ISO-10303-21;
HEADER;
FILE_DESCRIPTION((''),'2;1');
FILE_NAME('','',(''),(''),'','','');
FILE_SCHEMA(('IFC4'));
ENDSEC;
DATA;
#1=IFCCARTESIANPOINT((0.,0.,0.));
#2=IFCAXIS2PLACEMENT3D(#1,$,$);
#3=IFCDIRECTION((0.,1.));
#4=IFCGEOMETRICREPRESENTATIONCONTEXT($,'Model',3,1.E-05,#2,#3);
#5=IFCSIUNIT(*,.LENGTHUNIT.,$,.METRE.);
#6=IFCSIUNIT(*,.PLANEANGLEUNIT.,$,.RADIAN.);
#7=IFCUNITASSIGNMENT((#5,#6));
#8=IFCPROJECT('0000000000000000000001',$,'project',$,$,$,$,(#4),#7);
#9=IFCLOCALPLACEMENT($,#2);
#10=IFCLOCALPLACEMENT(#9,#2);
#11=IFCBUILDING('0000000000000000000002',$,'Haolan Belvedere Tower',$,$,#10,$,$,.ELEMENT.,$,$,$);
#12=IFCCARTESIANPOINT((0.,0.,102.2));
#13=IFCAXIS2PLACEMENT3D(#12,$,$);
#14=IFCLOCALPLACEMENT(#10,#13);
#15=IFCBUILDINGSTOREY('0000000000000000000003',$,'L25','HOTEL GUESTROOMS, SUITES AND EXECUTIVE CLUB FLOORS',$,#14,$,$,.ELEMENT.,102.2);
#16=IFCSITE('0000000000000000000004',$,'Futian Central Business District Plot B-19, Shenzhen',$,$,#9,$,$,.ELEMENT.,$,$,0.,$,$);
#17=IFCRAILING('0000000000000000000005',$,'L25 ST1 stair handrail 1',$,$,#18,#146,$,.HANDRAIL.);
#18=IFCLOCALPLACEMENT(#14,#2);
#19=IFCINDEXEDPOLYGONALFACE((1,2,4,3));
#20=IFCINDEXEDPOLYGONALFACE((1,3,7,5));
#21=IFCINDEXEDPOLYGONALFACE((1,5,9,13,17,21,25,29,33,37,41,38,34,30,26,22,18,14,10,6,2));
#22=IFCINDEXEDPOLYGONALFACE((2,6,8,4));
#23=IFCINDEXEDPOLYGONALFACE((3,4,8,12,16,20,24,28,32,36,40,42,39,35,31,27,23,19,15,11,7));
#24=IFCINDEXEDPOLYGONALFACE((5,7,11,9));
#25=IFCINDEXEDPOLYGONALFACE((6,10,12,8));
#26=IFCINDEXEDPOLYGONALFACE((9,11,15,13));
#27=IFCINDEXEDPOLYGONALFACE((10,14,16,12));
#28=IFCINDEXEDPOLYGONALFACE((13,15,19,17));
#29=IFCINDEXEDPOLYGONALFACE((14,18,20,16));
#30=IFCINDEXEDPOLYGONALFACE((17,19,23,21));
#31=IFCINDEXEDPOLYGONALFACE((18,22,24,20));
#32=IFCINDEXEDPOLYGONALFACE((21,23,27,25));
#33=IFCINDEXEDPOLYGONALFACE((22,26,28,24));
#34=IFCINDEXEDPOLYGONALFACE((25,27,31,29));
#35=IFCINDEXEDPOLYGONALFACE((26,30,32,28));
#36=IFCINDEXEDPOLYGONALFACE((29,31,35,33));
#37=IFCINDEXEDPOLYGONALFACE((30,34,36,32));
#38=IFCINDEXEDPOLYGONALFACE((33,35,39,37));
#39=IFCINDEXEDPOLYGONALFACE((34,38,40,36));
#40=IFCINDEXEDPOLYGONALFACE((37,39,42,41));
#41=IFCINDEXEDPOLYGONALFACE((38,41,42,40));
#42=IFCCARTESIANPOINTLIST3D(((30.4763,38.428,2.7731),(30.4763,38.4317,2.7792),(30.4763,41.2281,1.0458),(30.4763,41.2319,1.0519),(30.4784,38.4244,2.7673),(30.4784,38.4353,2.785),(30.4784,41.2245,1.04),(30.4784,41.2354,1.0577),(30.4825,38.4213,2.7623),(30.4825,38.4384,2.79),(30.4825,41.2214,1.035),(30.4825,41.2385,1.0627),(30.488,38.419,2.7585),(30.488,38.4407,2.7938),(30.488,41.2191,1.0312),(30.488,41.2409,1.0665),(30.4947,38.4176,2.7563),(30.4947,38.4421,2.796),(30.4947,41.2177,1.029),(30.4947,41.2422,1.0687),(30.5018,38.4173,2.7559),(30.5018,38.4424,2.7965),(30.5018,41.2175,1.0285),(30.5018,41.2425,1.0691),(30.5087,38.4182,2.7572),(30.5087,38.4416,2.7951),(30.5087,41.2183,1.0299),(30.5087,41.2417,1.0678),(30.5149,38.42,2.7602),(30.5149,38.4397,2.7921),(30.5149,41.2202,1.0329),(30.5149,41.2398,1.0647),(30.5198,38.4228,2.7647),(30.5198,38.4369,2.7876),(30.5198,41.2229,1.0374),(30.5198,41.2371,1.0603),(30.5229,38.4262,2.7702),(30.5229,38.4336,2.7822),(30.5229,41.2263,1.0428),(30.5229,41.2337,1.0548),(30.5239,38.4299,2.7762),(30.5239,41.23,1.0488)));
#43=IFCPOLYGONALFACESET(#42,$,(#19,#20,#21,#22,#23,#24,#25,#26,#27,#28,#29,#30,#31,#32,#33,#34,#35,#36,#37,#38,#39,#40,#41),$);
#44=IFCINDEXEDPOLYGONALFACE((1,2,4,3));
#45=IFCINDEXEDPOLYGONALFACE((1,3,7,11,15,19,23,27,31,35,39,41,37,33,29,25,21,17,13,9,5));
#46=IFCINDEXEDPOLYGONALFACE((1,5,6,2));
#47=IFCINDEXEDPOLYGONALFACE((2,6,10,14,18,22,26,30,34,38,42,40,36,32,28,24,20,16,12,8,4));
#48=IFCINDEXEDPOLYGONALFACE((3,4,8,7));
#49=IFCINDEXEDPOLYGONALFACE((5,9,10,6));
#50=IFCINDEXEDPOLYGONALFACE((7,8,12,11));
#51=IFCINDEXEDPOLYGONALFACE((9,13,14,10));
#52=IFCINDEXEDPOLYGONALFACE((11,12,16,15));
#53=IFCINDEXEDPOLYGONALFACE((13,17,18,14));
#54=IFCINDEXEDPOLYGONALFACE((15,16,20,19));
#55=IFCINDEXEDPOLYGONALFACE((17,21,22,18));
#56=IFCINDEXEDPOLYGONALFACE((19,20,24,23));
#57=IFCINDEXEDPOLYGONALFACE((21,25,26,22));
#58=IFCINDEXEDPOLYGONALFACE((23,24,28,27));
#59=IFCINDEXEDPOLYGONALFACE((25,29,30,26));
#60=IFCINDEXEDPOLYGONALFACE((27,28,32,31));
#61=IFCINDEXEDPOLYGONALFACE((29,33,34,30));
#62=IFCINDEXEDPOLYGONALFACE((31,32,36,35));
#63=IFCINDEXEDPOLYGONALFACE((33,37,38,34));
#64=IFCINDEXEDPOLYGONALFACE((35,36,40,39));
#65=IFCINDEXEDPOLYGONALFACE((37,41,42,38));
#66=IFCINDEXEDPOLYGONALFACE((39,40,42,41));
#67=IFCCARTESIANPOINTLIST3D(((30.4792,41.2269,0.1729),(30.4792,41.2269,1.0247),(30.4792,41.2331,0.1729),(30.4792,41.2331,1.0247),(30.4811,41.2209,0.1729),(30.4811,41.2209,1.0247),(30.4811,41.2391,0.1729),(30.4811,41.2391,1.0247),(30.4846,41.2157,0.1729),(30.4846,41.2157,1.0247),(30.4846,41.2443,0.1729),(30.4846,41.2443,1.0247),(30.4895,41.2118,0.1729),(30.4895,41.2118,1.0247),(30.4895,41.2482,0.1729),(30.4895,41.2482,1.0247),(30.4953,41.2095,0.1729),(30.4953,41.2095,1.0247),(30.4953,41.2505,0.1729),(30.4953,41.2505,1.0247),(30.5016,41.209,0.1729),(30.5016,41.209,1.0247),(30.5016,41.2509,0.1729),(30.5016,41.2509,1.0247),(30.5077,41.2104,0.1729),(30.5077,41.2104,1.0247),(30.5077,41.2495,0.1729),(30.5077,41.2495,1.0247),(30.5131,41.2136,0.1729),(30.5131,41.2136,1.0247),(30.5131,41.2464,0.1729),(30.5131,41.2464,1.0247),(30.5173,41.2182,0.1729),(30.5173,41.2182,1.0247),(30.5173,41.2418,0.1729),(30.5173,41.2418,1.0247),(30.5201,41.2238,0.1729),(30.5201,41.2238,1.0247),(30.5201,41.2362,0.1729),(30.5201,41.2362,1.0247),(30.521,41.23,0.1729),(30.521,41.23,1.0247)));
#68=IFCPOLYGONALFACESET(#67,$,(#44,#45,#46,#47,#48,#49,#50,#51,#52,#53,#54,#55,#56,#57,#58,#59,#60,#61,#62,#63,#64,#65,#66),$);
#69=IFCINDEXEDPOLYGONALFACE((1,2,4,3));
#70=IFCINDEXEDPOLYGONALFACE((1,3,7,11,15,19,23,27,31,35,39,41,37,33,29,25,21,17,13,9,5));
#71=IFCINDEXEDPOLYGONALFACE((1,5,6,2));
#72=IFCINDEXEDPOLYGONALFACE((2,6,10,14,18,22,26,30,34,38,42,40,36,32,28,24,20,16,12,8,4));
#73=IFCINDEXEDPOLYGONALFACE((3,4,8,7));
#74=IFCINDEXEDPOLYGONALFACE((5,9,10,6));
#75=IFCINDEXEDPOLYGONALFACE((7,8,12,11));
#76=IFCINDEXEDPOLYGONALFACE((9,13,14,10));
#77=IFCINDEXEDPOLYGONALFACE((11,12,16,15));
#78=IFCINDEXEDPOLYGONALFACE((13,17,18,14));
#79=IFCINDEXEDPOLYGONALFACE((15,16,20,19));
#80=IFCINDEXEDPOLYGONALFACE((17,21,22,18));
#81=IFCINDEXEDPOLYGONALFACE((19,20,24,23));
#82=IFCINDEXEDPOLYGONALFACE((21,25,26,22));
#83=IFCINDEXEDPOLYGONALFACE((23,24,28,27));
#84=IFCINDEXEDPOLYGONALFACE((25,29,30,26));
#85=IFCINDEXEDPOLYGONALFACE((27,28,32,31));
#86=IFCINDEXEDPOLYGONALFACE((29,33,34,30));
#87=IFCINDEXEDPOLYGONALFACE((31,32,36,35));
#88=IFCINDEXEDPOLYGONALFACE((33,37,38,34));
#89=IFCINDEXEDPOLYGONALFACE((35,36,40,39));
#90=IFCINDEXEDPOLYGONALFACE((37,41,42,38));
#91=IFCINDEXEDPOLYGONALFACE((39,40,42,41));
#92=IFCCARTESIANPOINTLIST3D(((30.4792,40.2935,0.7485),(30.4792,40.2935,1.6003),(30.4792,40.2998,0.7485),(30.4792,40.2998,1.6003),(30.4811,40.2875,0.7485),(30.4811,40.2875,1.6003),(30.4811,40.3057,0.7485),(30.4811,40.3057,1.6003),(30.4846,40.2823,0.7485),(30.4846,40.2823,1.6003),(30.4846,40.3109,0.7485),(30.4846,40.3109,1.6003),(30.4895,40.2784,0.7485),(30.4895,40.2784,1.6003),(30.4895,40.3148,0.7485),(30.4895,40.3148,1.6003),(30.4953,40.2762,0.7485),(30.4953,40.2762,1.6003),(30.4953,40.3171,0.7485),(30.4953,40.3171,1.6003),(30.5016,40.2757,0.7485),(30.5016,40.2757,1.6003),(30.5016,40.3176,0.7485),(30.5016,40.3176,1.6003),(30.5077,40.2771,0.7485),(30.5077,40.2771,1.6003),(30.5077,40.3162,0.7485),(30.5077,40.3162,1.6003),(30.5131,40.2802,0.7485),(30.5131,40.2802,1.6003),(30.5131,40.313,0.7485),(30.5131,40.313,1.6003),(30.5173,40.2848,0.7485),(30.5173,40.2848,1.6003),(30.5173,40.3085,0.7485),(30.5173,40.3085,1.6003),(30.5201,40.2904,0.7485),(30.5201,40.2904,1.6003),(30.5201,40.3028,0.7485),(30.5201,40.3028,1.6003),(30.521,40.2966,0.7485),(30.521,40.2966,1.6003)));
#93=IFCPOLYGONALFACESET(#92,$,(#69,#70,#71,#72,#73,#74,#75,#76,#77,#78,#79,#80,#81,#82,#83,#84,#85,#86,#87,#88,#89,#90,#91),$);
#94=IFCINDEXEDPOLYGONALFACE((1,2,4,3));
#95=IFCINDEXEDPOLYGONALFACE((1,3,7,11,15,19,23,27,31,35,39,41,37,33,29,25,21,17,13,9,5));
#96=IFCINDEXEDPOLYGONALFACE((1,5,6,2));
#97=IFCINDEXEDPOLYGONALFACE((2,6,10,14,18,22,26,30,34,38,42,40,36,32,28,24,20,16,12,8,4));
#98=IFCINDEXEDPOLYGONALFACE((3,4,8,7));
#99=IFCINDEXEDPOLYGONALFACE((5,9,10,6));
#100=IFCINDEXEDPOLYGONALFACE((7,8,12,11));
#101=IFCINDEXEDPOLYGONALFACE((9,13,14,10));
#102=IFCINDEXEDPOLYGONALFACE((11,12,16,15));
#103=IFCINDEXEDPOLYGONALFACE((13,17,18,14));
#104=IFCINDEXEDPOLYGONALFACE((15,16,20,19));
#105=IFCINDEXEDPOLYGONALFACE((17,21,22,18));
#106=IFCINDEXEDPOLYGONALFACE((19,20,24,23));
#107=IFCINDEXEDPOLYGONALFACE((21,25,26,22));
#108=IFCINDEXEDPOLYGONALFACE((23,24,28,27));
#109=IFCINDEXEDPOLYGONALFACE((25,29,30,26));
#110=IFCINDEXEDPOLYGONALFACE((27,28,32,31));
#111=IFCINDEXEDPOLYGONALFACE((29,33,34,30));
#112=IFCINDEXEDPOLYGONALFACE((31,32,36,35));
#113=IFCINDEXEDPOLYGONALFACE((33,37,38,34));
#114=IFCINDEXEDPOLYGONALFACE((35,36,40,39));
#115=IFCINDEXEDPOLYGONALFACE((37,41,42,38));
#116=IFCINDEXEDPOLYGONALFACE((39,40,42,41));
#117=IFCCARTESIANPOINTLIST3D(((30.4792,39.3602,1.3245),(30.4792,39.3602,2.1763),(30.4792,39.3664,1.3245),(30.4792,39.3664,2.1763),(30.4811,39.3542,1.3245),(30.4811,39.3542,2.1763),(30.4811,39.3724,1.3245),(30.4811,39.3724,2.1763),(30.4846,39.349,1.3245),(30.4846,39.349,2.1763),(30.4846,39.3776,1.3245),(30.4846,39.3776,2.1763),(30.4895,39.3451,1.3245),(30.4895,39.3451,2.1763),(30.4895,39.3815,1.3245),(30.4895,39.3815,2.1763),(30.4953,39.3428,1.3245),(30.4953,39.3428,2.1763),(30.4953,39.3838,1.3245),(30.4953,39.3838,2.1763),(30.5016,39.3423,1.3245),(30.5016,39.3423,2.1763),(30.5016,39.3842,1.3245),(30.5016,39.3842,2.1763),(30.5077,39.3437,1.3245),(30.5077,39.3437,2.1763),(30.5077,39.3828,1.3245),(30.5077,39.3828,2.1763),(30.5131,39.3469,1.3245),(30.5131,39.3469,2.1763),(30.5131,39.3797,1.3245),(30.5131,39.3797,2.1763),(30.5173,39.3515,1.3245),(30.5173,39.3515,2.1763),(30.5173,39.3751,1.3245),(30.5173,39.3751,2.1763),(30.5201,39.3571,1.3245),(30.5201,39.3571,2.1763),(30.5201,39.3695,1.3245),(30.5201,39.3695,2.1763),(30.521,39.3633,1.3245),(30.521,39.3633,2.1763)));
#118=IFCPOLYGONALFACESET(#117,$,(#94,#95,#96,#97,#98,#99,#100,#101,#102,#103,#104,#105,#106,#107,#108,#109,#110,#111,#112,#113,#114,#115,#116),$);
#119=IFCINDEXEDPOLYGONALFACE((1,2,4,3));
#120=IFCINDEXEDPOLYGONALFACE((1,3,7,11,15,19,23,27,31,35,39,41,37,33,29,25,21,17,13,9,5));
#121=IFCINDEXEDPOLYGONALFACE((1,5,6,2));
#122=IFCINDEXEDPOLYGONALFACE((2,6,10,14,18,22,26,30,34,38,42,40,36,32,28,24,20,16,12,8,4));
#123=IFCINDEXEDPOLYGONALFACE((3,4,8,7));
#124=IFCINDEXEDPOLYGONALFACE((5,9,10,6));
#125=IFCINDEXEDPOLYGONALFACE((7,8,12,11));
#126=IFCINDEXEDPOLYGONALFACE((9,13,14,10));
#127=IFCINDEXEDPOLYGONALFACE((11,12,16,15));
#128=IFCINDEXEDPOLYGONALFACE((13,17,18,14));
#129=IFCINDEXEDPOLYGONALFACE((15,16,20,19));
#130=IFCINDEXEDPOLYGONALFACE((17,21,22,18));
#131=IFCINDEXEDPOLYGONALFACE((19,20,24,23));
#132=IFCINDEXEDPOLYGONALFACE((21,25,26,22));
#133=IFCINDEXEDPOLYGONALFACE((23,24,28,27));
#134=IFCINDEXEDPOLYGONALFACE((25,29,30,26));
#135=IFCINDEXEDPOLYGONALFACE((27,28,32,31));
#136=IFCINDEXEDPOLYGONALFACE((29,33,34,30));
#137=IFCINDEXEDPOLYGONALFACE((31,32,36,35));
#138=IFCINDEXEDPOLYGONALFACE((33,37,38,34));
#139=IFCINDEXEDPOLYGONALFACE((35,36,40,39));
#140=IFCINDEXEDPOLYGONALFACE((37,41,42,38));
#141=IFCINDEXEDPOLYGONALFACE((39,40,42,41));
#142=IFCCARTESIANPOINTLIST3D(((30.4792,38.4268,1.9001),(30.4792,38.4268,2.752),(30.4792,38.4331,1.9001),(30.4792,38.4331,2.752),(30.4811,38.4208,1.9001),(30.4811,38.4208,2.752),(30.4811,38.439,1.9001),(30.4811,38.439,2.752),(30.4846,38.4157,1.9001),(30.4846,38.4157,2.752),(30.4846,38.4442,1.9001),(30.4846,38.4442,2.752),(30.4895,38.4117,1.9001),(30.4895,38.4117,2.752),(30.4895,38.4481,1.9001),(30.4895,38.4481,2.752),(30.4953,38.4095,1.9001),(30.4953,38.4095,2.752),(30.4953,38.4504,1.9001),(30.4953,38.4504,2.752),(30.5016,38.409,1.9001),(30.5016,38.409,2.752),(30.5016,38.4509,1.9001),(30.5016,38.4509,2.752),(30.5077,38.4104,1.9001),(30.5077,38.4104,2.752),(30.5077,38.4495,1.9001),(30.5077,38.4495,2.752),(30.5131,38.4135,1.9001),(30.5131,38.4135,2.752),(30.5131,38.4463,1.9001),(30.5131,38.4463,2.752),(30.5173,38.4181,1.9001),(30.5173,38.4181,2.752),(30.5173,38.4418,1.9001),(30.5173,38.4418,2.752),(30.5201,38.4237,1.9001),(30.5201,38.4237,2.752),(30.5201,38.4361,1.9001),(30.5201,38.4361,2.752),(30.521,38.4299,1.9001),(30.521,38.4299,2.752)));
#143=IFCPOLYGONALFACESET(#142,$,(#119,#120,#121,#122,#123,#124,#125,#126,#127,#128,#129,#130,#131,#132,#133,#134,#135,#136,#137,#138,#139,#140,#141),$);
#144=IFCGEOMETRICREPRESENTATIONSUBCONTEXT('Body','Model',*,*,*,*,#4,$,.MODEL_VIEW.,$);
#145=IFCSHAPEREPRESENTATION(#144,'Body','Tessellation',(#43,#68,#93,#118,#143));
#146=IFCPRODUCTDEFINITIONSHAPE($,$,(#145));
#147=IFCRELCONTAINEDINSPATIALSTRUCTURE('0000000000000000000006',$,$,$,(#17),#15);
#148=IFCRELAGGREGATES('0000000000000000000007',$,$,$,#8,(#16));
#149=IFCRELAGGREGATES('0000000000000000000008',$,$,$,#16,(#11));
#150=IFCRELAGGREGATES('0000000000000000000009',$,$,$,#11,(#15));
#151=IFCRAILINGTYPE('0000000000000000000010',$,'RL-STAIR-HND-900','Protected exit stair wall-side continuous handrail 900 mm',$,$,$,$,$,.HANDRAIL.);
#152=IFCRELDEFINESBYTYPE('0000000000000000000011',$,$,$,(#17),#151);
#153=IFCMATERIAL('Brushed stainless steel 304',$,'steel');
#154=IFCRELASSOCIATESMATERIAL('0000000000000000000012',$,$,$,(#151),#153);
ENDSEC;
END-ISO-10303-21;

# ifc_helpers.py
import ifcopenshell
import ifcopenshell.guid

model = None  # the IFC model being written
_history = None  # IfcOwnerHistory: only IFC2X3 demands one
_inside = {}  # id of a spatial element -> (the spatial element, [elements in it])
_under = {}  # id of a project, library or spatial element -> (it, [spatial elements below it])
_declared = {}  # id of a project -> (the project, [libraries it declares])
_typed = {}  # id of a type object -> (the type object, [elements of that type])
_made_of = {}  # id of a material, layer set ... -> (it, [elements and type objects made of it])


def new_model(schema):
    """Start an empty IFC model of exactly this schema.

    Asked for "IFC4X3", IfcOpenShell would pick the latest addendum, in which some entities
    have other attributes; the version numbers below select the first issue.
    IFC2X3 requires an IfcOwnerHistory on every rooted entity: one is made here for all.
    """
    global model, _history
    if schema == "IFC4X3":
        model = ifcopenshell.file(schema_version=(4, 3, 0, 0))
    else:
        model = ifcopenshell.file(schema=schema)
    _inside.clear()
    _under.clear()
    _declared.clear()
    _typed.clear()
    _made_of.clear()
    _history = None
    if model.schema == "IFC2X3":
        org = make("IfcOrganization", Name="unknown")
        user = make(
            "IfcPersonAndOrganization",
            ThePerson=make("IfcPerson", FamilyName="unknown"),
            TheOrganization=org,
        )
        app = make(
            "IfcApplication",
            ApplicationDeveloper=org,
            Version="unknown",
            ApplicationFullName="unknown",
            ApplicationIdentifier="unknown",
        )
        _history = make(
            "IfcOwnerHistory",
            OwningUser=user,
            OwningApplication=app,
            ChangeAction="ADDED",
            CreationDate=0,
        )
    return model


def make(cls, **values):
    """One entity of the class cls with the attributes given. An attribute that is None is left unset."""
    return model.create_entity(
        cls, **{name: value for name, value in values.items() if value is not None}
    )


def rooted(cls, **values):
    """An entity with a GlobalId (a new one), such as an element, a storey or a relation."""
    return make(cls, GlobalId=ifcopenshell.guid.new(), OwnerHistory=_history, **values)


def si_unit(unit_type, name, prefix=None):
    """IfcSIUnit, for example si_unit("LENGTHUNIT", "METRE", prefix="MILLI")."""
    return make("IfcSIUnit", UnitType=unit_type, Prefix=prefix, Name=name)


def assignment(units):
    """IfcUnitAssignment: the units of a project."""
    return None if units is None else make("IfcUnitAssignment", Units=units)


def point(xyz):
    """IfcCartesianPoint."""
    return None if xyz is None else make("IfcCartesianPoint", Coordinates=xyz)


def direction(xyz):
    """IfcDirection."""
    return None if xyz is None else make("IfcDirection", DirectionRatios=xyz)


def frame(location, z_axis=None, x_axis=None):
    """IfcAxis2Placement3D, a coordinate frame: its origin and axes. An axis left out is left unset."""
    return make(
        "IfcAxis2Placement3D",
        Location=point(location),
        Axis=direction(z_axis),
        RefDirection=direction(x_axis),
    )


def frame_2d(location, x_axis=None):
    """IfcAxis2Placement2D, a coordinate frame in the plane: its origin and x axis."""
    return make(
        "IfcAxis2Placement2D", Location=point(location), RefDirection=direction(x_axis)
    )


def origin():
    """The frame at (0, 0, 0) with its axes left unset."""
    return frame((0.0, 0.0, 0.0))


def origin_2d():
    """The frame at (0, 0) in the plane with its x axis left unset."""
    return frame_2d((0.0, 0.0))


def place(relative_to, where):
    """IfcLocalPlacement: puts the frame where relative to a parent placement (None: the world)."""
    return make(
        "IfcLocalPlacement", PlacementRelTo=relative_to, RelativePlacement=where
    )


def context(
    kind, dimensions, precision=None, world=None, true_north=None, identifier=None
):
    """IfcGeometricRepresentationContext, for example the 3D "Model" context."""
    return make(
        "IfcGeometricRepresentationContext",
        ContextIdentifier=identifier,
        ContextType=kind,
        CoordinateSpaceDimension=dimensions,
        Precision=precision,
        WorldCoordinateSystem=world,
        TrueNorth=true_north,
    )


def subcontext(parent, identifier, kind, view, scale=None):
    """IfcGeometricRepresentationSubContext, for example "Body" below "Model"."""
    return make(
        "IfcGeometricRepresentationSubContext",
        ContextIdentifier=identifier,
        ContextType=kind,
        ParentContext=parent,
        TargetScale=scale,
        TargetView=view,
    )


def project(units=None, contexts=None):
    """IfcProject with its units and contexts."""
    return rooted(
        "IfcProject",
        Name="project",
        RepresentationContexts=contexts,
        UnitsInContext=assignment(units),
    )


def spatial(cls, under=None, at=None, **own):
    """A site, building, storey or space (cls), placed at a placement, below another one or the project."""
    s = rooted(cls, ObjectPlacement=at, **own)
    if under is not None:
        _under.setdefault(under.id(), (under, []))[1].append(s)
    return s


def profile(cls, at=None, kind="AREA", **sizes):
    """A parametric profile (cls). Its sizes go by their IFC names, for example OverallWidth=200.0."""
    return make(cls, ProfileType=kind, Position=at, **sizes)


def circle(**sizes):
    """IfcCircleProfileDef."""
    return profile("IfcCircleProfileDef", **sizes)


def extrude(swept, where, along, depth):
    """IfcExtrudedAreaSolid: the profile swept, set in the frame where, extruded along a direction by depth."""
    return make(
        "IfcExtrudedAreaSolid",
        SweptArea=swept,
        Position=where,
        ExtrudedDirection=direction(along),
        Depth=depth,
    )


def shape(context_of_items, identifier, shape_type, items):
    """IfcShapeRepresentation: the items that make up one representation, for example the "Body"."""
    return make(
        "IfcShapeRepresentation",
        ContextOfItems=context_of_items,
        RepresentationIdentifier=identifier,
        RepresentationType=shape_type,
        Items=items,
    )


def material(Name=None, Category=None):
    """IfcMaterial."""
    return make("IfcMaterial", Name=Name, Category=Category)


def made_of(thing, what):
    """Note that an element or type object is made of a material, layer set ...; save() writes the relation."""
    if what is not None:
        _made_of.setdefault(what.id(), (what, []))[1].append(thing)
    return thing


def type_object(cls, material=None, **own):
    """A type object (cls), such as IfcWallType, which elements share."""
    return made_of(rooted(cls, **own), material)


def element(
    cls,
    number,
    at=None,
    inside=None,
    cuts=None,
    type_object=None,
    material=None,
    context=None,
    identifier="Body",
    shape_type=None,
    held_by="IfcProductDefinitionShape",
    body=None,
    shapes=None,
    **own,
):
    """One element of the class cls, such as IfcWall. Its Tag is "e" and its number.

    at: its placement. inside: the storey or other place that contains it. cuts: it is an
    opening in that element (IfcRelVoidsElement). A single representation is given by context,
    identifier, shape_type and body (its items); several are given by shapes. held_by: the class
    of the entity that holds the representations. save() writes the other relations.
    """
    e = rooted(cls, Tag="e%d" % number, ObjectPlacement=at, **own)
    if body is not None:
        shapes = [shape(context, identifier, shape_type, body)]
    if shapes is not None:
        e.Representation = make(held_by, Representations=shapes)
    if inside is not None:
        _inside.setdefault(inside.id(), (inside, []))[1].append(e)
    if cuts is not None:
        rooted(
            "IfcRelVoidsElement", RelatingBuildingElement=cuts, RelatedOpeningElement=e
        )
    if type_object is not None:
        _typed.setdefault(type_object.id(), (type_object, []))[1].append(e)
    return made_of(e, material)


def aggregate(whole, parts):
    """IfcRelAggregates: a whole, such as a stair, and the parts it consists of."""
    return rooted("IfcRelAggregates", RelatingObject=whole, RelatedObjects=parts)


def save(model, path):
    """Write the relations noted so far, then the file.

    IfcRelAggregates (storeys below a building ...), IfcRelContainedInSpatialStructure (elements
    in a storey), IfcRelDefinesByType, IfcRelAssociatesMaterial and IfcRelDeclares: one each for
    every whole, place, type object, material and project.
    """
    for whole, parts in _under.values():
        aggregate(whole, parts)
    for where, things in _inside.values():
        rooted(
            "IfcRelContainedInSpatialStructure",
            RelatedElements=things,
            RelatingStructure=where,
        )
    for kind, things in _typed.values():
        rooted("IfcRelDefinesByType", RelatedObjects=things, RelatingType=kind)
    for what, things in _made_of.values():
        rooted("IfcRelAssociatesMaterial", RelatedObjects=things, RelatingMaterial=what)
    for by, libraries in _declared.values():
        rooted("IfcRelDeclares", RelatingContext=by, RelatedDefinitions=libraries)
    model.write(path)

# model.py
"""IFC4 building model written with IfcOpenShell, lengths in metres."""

from ifc_helpers import new_model, si_unit, direction, frame, origin, origin_2d, place, context, subcontext, project, spatial, circle, extrude, material, type_object, element, save


model = new_model("IFC4")

# Units and contexts
model_context = context("Model", 3, precision=1e-05, world=origin(), true_north=direction((0.0, 1.0)))
body_context = subcontext(model_context, "Body", "Model", "MODEL_VIEW")
ifc_project = project(units=[si_unit("LENGTHUNIT", "METRE"), si_unit("PLANEANGLEUNIT", "RADIAN")], contexts=[model_context])

# Site, building, storey
site_placement = place(None, origin())
site = spatial("IfcSite", under=ifc_project, at=site_placement, Name="Futian Central Business District Plot B-19, Shenzhen", CompositionType="ELEMENT", RefElevation=0.0)
building_placement = place(site_placement, origin())
building = spatial("IfcBuilding", under=site, at=building_placement, Name="Haolan Belvedere Tower", CompositionType="ELEMENT")
storey_placement = place(building_placement, frame((0.0, 0.0, 102.2)))
storey = spatial("IfcBuildingStorey", under=building, at=storey_placement, Name="L25", Description="HOTEL GUESTROOMS, SUITES AND EXECUTIVE CLUB FLOORS", CompositionType="ELEMENT", Elevation=102.2)

# Railing
ifc_material_1 = material(Name="Brushed stainless steel 304", Category="steel")
railing_type_1 = type_object("IfcRailingType", Name="RL-STAIR-HND-900", Description="Protected exit stair wall-side continuous handrail 900 mm", PredefinedType="HANDRAIL", material=ifc_material_1)
railing_1_placement = place(storey_placement, frame((30.5, 41.23, 0.1729)))
element("IfcRailing", 1, at=railing_1_placement, inside=storey, type_object=railing_type_1, Name="L25 ST1 stair handrail 1", PredefinedType="HANDRAIL", context=body_context, shape_type="SweptSolid", body=[
    extrude(circle(Radius=0.0239, at=origin_2d()), frame((0.0, 0.0, 0.876), z_axis=(0.0, -0.85109, 0.52502), x_axis=(1.0, 0.0, 0.0)), (0.0, 0.0, 1.0), 3.29),
    extrude(circle(Radius=0.021, at=origin_2d()), origin(), (0.0, 0.0, 1.0), 0.8518),
    extrude(circle(Radius=0.021, at=origin_2d()), frame((0.0, -0.9333, 0.5757)), (0.0, 0.0, 1.0), 0.8518),
    extrude(circle(Radius=0.021, at=origin_2d()), frame((0.0, -1.8667, 1.1516)), (0.0, 0.0, 1.0), 0.8518),
    extrude(circle(Radius=0.021, at=origin_2d()), frame((0.0, -2.8, 1.7273)), (0.0, 0.0, 1.0), 0.8518),
])

save(model, "model.ifc")
